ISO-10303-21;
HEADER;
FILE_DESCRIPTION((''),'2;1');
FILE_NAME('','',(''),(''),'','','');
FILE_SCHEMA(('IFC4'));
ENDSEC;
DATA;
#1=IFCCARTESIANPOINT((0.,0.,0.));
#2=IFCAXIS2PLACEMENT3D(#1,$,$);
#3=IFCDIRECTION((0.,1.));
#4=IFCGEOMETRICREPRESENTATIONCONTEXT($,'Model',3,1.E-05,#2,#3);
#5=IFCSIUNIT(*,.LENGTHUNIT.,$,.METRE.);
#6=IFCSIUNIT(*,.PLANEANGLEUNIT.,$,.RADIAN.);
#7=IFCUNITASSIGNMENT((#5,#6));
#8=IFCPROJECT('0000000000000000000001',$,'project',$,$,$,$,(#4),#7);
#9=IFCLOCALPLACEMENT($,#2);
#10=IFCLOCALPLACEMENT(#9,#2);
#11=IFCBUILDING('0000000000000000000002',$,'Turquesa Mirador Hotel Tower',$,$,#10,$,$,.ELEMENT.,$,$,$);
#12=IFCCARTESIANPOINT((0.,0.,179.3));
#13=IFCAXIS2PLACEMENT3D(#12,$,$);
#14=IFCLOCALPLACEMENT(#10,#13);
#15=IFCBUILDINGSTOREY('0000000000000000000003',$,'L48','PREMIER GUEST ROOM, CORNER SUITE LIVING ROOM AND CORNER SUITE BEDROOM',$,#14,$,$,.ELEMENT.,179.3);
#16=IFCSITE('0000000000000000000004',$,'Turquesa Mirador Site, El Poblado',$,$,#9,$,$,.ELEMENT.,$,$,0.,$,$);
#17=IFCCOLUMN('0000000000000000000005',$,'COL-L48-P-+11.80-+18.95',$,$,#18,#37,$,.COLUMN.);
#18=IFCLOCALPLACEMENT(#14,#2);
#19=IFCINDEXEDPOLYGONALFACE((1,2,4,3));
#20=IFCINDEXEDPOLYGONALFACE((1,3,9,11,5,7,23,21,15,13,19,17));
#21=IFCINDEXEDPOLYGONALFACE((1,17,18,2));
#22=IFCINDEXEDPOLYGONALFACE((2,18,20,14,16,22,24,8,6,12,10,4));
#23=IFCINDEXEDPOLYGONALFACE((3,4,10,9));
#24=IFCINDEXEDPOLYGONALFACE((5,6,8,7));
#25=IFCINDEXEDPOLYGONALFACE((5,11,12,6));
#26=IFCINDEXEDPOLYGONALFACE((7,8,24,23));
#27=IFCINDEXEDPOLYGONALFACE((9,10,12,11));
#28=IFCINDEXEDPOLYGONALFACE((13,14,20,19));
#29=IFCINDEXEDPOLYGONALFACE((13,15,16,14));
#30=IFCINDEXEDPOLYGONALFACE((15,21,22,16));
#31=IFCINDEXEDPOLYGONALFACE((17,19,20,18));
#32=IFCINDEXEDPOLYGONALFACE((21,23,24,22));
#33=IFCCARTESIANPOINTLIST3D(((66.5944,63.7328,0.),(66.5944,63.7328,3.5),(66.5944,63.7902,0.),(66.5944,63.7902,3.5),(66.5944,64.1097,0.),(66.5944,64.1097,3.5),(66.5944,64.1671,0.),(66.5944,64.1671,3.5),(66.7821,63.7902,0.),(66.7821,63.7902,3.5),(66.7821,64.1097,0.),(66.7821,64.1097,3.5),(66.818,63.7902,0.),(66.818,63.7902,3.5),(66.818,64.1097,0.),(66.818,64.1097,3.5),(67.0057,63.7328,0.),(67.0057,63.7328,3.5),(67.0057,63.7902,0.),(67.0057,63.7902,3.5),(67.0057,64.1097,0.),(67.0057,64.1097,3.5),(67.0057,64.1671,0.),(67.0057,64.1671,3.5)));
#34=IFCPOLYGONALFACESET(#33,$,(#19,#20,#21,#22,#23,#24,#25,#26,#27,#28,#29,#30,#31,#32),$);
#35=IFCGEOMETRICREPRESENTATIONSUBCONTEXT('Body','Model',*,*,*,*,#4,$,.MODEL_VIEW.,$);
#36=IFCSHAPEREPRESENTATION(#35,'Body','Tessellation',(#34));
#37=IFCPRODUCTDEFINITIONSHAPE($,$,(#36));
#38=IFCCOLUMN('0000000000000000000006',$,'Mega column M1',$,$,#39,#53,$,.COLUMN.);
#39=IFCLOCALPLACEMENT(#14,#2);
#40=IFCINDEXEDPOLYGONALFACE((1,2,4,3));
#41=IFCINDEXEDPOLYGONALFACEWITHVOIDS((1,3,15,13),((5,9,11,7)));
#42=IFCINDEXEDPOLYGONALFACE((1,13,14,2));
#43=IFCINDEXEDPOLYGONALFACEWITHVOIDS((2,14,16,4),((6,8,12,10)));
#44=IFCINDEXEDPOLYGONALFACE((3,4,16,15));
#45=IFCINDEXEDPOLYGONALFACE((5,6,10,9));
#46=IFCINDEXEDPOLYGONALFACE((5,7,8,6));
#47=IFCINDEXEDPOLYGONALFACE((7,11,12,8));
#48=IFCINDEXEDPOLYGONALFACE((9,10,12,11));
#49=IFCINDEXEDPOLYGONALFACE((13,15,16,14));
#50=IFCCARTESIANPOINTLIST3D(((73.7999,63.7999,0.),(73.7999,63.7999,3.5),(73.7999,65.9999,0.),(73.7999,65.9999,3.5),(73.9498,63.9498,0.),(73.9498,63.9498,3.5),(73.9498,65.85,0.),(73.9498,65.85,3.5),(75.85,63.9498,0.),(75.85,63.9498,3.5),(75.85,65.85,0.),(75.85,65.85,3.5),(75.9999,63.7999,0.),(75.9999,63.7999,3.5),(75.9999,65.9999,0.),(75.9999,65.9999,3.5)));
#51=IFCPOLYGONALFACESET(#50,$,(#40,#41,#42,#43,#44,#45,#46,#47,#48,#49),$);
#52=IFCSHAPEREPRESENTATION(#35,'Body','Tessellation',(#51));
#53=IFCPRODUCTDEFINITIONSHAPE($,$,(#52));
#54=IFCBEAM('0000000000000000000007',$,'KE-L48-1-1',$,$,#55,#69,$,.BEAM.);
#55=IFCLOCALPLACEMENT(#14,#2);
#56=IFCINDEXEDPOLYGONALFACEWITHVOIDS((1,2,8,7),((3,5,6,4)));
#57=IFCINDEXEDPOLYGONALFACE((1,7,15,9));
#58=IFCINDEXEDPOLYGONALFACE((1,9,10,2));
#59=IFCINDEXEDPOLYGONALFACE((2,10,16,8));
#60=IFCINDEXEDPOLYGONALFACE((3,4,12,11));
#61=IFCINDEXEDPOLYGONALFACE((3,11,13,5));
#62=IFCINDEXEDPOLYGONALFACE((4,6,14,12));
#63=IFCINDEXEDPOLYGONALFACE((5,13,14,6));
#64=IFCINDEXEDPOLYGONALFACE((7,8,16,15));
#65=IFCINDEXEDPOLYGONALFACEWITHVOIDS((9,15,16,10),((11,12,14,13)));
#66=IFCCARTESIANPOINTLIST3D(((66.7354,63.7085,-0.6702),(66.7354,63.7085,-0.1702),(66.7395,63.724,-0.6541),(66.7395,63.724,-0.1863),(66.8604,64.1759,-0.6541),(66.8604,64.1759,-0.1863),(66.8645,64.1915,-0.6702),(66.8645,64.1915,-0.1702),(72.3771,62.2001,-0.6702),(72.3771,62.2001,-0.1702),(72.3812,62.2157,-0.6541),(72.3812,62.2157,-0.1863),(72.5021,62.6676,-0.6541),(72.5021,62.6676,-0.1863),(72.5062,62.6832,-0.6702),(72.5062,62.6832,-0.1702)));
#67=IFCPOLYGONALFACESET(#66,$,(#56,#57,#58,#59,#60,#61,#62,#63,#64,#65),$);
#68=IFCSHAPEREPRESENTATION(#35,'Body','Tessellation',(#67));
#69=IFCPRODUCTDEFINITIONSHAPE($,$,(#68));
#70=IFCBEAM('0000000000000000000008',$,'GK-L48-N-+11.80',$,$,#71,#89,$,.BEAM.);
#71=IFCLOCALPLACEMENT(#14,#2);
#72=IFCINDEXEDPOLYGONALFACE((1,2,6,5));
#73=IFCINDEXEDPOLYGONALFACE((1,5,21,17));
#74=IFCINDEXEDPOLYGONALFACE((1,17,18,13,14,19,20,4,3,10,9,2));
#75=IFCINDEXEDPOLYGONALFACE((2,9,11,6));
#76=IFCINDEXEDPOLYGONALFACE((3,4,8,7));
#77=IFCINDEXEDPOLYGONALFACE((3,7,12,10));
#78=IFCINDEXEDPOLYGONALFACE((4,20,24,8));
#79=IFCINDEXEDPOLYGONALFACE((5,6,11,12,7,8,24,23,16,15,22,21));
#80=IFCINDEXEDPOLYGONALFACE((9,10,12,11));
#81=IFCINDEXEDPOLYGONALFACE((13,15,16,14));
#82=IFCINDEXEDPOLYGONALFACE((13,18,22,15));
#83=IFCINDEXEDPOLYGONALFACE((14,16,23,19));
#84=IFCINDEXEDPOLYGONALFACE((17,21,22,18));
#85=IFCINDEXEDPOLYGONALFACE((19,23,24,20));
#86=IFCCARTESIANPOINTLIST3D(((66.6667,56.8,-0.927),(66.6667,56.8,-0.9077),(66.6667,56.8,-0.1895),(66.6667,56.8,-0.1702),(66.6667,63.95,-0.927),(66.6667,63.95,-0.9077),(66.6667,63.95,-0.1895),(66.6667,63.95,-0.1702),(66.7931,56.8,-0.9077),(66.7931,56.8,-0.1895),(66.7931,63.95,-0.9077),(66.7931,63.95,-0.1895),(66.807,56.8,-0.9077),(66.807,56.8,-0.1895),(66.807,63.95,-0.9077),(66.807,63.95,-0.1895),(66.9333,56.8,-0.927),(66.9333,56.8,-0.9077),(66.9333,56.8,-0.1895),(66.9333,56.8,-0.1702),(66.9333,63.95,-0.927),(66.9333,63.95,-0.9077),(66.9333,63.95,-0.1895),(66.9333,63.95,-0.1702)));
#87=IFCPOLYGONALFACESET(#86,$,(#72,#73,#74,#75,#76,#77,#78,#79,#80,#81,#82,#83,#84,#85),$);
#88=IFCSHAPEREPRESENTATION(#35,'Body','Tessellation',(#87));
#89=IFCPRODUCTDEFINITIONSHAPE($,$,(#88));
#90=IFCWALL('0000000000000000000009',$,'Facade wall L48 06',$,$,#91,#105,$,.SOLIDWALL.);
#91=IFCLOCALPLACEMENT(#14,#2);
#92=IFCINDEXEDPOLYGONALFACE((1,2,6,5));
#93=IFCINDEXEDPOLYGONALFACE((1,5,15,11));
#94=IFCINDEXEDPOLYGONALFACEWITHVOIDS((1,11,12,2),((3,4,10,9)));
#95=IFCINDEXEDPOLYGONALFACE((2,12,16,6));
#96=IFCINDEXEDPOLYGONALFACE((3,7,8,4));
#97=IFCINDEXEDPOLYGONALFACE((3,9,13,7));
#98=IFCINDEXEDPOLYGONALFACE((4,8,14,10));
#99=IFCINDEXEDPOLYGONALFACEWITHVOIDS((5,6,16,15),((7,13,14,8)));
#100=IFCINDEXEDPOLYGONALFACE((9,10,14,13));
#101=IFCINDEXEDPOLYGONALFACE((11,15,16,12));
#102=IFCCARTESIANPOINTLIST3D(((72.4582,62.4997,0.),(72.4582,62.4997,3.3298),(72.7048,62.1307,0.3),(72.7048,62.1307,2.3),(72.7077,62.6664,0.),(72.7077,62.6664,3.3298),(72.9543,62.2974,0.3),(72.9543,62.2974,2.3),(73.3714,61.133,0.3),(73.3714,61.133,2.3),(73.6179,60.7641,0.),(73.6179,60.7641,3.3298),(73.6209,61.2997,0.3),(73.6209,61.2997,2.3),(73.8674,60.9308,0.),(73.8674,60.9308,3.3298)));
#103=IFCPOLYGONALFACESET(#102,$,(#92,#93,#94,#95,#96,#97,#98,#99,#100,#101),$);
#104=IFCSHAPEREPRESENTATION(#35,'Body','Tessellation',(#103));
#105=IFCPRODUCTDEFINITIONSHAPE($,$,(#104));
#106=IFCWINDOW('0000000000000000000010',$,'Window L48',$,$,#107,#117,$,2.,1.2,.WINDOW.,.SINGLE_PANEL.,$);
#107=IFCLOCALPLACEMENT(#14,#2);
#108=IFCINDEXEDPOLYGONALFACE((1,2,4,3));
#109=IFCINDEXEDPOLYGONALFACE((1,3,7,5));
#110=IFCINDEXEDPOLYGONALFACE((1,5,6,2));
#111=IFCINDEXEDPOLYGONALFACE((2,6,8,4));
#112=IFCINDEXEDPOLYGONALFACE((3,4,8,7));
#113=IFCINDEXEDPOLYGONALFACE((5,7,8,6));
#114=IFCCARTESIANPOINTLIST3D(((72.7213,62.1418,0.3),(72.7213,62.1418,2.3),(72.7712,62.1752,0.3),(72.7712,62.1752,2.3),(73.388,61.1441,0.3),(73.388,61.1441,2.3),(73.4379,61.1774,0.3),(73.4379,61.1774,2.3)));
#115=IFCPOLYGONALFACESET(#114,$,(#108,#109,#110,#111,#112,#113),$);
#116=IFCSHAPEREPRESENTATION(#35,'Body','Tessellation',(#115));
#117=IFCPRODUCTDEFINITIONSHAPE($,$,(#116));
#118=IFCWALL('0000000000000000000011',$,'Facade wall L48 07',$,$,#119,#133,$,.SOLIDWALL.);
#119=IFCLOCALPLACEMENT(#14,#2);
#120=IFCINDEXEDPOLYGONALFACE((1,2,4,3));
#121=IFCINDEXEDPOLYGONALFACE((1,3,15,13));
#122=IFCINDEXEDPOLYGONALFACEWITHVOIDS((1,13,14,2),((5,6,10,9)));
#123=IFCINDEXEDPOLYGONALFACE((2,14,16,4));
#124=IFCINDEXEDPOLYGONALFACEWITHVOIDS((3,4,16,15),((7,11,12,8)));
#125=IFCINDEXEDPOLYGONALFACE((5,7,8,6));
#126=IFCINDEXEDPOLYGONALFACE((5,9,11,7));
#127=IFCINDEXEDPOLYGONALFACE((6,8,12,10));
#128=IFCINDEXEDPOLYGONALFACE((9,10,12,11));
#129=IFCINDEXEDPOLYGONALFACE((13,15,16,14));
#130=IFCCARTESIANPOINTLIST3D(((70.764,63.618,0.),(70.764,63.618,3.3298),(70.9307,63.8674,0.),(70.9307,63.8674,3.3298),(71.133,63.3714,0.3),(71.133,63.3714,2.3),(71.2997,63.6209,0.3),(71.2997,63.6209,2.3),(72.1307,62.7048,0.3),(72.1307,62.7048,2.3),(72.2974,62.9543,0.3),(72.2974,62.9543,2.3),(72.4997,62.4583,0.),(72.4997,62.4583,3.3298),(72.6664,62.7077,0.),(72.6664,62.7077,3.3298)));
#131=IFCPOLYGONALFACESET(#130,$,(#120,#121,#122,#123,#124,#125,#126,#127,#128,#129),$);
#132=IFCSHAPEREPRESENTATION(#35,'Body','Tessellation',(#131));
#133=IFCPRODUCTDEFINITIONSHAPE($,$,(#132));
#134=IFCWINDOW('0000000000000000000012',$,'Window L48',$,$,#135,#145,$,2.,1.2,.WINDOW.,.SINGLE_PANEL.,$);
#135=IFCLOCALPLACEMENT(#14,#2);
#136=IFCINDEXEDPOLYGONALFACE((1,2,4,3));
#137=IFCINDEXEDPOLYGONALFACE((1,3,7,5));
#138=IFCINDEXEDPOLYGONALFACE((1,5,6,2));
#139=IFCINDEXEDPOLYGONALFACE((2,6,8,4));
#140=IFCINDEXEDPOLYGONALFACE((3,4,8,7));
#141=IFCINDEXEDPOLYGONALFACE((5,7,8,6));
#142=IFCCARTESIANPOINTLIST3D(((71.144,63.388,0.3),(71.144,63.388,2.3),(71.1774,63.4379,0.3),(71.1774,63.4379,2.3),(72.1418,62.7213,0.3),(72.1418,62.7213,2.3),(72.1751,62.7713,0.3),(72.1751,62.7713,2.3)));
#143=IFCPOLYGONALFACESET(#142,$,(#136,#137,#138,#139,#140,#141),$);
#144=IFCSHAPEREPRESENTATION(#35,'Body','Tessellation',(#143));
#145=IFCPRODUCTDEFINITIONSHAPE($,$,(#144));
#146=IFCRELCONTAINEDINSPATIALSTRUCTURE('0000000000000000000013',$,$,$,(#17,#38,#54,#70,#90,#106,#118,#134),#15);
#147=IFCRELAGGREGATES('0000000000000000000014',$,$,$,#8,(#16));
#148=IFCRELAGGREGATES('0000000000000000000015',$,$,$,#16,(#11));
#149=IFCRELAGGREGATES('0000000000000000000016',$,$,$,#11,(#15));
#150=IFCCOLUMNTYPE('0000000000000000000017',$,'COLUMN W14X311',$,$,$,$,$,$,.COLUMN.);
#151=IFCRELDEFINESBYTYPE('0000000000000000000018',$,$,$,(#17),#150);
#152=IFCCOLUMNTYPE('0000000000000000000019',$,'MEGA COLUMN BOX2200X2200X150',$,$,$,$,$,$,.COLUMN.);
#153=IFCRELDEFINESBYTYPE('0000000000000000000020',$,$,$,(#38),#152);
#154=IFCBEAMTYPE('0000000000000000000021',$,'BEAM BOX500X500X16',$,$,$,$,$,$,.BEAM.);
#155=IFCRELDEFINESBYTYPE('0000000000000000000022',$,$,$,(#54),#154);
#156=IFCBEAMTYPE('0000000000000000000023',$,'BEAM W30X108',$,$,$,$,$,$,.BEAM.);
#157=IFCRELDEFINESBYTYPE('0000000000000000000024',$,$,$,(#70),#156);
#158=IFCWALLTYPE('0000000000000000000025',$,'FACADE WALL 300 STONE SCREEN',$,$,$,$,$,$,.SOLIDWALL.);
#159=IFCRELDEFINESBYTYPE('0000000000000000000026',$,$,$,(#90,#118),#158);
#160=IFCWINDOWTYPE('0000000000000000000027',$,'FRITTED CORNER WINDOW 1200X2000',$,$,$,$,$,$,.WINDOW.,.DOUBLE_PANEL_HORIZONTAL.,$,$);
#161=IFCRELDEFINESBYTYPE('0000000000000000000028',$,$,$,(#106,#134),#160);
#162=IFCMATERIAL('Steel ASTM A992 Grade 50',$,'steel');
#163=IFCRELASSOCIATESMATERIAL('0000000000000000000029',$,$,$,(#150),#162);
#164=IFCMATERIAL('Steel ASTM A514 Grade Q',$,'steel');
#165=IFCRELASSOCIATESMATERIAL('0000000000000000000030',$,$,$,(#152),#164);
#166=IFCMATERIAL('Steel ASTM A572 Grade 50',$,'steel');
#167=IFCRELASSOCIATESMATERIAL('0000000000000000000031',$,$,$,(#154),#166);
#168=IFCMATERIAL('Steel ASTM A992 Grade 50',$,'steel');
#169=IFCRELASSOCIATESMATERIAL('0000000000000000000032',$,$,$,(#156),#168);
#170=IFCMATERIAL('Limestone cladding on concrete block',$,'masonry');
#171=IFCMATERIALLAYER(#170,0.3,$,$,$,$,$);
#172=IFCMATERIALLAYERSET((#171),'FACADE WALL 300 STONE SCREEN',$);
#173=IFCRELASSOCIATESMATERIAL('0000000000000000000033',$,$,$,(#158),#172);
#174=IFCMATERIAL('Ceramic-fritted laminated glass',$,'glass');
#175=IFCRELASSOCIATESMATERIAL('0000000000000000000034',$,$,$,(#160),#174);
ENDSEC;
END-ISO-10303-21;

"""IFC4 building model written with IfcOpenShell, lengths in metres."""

from ifc_helpers import new_model, si_unit, direction, frame, frame_2d, origin, origin_2d, place, context, subcontext, project, spatial, rectangle, hollow_rectangle, i_section, extrude, material, layer, layer_set, material_profile, profile_set, type_object, element, fill, save


model = new_model("IFC4")

# Units and contexts
model_context = context("Model", 3, precision=1e-05, world=origin(), true_north=direction((0.0, 1.0)))
body_context = subcontext(model_context, "Body", "Model", "MODEL_VIEW")
ifc_project = project(units=[si_unit("LENGTHUNIT", "METRE"), si_unit("PLANEANGLEUNIT", "RADIAN")], contexts=[model_context])

# Site, building, storey
site_placement = place(None, origin())
site = spatial("IfcSite", under=ifc_project, at=site_placement, Name="Turquesa Mirador Site, El Poblado", CompositionType="ELEMENT", RefElevation=0.0)
building_placement = place(site_placement, origin())
building = spatial("IfcBuilding", under=site, at=building_placement, Name="Turquesa Mirador Hotel Tower", CompositionType="ELEMENT")
storey_placement = place(building_placement, frame((0.0, 0.0, 179.3)))
storey = spatial("IfcBuildingStorey", under=building, at=storey_placement, Name="L48", Description="PREMIER GUEST ROOM, CORNER SUITE LIVING ROOM AND CORNER SUITE BEDROOM", CompositionType="ELEMENT", Elevation=179.3)

# Columns
ifc_material_1 = material(Name="Steel ASTM A992 Grade 50", Category="steel")
ifc_material_profile_1 = material_profile(ifc_material_1, i_section(OverallWidth=0.4114, OverallDepth=0.4343, WebThickness=0.0359, FlangeThickness=0.0574, at=origin_2d()), Name="W14X311")
ifc_profile_set_1 = profile_set([ifc_material_profile_1], Name="Steel ASTM A992 Grade 50")
column_type_1 = type_object("IfcColumnType", Name="COLUMN W14X311", PredefinedType="COLUMN", material=ifc_profile_set_1)
column_1_placement = place(storey_placement, frame((66.8, 63.95, 0.0), z_axis=(0.0, 0.0, 1.0), x_axis=(1.0, 0.0, 0.0)))
element("IfcColumn", 1, at=column_1_placement, inside=storey, type_object=column_type_1, Name="COL-L48-P-+11.80-+18.95", PredefinedType="COLUMN", context=body_context, shape_type="SweptSolid", body=[
    extrude(i_section(OverallWidth=0.4114, OverallDepth=0.4343, WebThickness=0.0359, FlangeThickness=0.0574, at=origin_2d()), origin(), (0.0, 0.0, 1.0), 3.5),
])
ifc_material_2 = material(Name="Steel ASTM A514 Grade Q", Category="steel")
ifc_material_profile_2 = material_profile(ifc_material_2, hollow_rectangle(XDim=2.2, YDim=2.2, WallThickness=0.1499, at=origin_2d()), Name="BOX2200X2200X150")
ifc_profile_set_2 = profile_set([ifc_material_profile_2], Name="Steel ASTM A514 Grade Q")
column_type_2 = type_object("IfcColumnType", Name="MEGA COLUMN BOX2200X2200X150", PredefinedType="COLUMN", material=ifc_profile_set_2)
column_2_placement = place(storey_placement, frame((74.8999, 64.8999, 0.0), z_axis=(0.0, 0.0, 1.0), x_axis=(1.0, 0.0, 0.0)))
element("IfcColumn", 2, at=column_2_placement, inside=storey, type_object=column_type_2, Name="Mega column M1", PredefinedType="COLUMN", context=body_context, shape_type="SweptSolid", body=[
    extrude(hollow_rectangle(XDim=2.2, YDim=2.2, WallThickness=0.1499, at=origin_2d()), origin(), (0.0, 0.0, 1.0), 3.5),
])

# Beams
ifc_material_3 = material(Name="Steel ASTM A572 Grade 50", Category="steel")
ifc_material_profile_3 = material_profile(ifc_material_3, hollow_rectangle(XDim=0.5, YDim=0.5, WallThickness=0.0161, at=origin_2d()), Name="BOX500X500X16")
ifc_profile_set_3 = profile_set([ifc_material_profile_3], Name="Steel ASTM A572 Grade 50")
beam_type_1 = type_object("IfcBeamType", Name="BEAM BOX500X500X16", PredefinedType="BEAM", material=ifc_profile_set_3)
beam_1_placement = place(storey_placement, frame((72.4417, 62.4417, -0.4202), z_axis=(-0.96607, 0.258282, 0.0), x_axis=(-0.258282, -0.96607, 0.0)))
element("IfcBeam", 3, at=beam_1_placement, inside=storey, type_object=beam_type_1, Name="KE-L48-1-1", PredefinedType="BEAM", context=body_context, shape_type="SweptSolid", body=[
    extrude(hollow_rectangle(XDim=0.5, YDim=0.5, WallThickness=0.0161, at=origin_2d()), origin(), (0.0, 0.0, 1.0), 5.8398),
])
ifc_material_4 = material(Name="Steel ASTM A992 Grade 50", Category="steel")
ifc_material_profile_4 = material_profile(ifc_material_4, i_section(OverallWidth=0.2666, OverallDepth=0.7568, WebThickness=0.0139, FlangeThickness=0.0193, at=origin_2d()), Name="W30X108")
ifc_profile_set_4 = profile_set([ifc_material_profile_4], Name="Steel ASTM A992 Grade 50")
beam_type_2 = type_object("IfcBeamType", Name="BEAM W30X108", PredefinedType="BEAM", material=ifc_profile_set_4)
beam_2_placement = place(storey_placement, frame((66.8, 63.95, -0.5486), z_axis=(0.0, -1.0, 0.0), x_axis=(1.0, 0.0, 0.0)))
element("IfcBeam", 4, at=beam_2_placement, inside=storey, type_object=beam_type_2, Name="GK-L48-N-+11.80", PredefinedType="BEAM", context=body_context, shape_type="SweptSolid", body=[
    extrude(i_section(OverallWidth=0.2666, OverallDepth=0.7568, WebThickness=0.0139, FlangeThickness=0.0193, at=origin_2d()), origin(), (0.0, 0.0, 1.0), 7.1499),
])

# Walls, openings, windows
ifc_material_5 = material(Name="Limestone cladding on concrete block", Category="masonry")
ifc_layer_1 = layer(ifc_material_5, 0.3)
ifc_layer_set_1 = layer_set([ifc_layer_1], Name="FACADE WALL 300 STONE SCREEN")
wall_type_1 = type_object("IfcWallType", Name="FACADE WALL 300 STONE SCREEN", PredefinedType="SOLIDWALL", material=ifc_layer_set_1)
wall_1_placement = place(storey_placement, frame((73.7427, 60.8474, 0.0), z_axis=(0.0, 0.0, 1.0), x_axis=(-0.555564, 0.831474, 0.0)))
wall_1 = element("IfcWall", 5, at=wall_1_placement, inside=storey, type_object=wall_type_1, Name="Facade wall L48 06", PredefinedType="SOLIDWALL", context=body_context, shape_type="SweptSolid", body=[
    extrude(rectangle(XDim=2.0874, YDim=0.3, at=frame_2d((1.0437, 0.0))), origin(), (0.0, 0.0, 1.0), 3.3298),
])
opening_1_placement = place(wall_1_placement, frame((0.4436, 0.0, 0.3)))
opening_1 = element("IfcOpeningElement", 6, at=opening_1_placement, cuts=wall_1, PredefinedType="OPENING", context=body_context, shape_type="SweptSolid", body=[
    extrude(rectangle(XDim=1.2, YDim=2.0, at=frame_2d((0.6001, 1.0))), frame((0.0, 0.1599, 0.0), z_axis=(0.0, -1.0, 0.0), x_axis=(1.0, 0.0, 0.0)), (0.0, 0.0, 1.0), 0.3201),
])
ifc_material_6 = material(Name="Ceramic-fritted laminated glass", Category="glass")
window_type_1 = type_object("IfcWindowType", Name="FRITTED CORNER WINDOW 1200X2000", PartitioningType="DOUBLE_PANEL_HORIZONTAL", PredefinedType="WINDOW", material=ifc_material_6)
window_1_placement = place(opening_1_placement, origin())
window_1 = element("IfcWindow", 7, at=window_1_placement, inside=storey, type_object=window_type_1, Name="Window L48", OverallHeight=2.0, OverallWidth=1.2, PartitioningType="SINGLE_PANEL", PredefinedType="WINDOW", context=body_context, shape_type="SweptSolid", body=[
    extrude(rectangle(XDim=1.2, YDim=2.0, at=frame_2d((0.6001, 1.0))), frame((0.0, 0.1301, 0.0), z_axis=(0.0, -1.0, 0.0), x_axis=(1.0, 0.0, 0.0)), (0.0, 0.0, 1.0), 0.0601),
])
fill(opening_1, window_1)
wall_2_placement = place(storey_placement, frame((72.583, 62.583, 0.0), z_axis=(0.0, 0.0, 1.0), x_axis=(-0.831474, 0.555564, 0.0)))
wall_2 = element("IfcWall", 8, at=wall_2_placement, inside=storey, type_object=wall_type_1, Name="Facade wall L48 07", PredefinedType="SOLIDWALL", context=body_context, shape_type="SweptSolid", body=[
    extrude(rectangle(XDim=2.0874, YDim=0.3, at=frame_2d((1.0437, 0.0))), origin(), (0.0, 0.0, 1.0), 3.3298),
])
opening_2_placement = place(wall_2_placement, frame((0.4436, 0.0, 0.3)))
opening_2 = element("IfcOpeningElement", 9, at=opening_2_placement, cuts=wall_2, PredefinedType="OPENING", context=body_context, shape_type="SweptSolid", body=[
    extrude(rectangle(XDim=1.2, YDim=2.0, at=frame_2d((0.6001, 1.0))), frame((0.0, 0.1599, 0.0), z_axis=(0.0, -1.0, 0.0), x_axis=(1.0, 0.0, 0.0)), (0.0, 0.0, 1.0), 0.3201),
])
window_2_placement = place(opening_2_placement, origin())
window_2 = element("IfcWindow", 10, at=window_2_placement, inside=storey, type_object=window_type_1, Name="Window L48", OverallHeight=2.0, OverallWidth=1.2, PartitioningType="SINGLE_PANEL", PredefinedType="WINDOW", context=body_context, shape_type="SweptSolid", body=[
    extrude(rectangle(XDim=1.2, YDim=2.0, at=frame_2d((0.6001, 1.0))), frame((0.0, 0.1301, 0.0), z_axis=(0.0, -1.0, 0.0), x_axis=(1.0, 0.0, 0.0)), (0.0, 0.0, 1.0), 0.0601),
])
fill(opening_2, window_2)

save(model, "model.ifc")
